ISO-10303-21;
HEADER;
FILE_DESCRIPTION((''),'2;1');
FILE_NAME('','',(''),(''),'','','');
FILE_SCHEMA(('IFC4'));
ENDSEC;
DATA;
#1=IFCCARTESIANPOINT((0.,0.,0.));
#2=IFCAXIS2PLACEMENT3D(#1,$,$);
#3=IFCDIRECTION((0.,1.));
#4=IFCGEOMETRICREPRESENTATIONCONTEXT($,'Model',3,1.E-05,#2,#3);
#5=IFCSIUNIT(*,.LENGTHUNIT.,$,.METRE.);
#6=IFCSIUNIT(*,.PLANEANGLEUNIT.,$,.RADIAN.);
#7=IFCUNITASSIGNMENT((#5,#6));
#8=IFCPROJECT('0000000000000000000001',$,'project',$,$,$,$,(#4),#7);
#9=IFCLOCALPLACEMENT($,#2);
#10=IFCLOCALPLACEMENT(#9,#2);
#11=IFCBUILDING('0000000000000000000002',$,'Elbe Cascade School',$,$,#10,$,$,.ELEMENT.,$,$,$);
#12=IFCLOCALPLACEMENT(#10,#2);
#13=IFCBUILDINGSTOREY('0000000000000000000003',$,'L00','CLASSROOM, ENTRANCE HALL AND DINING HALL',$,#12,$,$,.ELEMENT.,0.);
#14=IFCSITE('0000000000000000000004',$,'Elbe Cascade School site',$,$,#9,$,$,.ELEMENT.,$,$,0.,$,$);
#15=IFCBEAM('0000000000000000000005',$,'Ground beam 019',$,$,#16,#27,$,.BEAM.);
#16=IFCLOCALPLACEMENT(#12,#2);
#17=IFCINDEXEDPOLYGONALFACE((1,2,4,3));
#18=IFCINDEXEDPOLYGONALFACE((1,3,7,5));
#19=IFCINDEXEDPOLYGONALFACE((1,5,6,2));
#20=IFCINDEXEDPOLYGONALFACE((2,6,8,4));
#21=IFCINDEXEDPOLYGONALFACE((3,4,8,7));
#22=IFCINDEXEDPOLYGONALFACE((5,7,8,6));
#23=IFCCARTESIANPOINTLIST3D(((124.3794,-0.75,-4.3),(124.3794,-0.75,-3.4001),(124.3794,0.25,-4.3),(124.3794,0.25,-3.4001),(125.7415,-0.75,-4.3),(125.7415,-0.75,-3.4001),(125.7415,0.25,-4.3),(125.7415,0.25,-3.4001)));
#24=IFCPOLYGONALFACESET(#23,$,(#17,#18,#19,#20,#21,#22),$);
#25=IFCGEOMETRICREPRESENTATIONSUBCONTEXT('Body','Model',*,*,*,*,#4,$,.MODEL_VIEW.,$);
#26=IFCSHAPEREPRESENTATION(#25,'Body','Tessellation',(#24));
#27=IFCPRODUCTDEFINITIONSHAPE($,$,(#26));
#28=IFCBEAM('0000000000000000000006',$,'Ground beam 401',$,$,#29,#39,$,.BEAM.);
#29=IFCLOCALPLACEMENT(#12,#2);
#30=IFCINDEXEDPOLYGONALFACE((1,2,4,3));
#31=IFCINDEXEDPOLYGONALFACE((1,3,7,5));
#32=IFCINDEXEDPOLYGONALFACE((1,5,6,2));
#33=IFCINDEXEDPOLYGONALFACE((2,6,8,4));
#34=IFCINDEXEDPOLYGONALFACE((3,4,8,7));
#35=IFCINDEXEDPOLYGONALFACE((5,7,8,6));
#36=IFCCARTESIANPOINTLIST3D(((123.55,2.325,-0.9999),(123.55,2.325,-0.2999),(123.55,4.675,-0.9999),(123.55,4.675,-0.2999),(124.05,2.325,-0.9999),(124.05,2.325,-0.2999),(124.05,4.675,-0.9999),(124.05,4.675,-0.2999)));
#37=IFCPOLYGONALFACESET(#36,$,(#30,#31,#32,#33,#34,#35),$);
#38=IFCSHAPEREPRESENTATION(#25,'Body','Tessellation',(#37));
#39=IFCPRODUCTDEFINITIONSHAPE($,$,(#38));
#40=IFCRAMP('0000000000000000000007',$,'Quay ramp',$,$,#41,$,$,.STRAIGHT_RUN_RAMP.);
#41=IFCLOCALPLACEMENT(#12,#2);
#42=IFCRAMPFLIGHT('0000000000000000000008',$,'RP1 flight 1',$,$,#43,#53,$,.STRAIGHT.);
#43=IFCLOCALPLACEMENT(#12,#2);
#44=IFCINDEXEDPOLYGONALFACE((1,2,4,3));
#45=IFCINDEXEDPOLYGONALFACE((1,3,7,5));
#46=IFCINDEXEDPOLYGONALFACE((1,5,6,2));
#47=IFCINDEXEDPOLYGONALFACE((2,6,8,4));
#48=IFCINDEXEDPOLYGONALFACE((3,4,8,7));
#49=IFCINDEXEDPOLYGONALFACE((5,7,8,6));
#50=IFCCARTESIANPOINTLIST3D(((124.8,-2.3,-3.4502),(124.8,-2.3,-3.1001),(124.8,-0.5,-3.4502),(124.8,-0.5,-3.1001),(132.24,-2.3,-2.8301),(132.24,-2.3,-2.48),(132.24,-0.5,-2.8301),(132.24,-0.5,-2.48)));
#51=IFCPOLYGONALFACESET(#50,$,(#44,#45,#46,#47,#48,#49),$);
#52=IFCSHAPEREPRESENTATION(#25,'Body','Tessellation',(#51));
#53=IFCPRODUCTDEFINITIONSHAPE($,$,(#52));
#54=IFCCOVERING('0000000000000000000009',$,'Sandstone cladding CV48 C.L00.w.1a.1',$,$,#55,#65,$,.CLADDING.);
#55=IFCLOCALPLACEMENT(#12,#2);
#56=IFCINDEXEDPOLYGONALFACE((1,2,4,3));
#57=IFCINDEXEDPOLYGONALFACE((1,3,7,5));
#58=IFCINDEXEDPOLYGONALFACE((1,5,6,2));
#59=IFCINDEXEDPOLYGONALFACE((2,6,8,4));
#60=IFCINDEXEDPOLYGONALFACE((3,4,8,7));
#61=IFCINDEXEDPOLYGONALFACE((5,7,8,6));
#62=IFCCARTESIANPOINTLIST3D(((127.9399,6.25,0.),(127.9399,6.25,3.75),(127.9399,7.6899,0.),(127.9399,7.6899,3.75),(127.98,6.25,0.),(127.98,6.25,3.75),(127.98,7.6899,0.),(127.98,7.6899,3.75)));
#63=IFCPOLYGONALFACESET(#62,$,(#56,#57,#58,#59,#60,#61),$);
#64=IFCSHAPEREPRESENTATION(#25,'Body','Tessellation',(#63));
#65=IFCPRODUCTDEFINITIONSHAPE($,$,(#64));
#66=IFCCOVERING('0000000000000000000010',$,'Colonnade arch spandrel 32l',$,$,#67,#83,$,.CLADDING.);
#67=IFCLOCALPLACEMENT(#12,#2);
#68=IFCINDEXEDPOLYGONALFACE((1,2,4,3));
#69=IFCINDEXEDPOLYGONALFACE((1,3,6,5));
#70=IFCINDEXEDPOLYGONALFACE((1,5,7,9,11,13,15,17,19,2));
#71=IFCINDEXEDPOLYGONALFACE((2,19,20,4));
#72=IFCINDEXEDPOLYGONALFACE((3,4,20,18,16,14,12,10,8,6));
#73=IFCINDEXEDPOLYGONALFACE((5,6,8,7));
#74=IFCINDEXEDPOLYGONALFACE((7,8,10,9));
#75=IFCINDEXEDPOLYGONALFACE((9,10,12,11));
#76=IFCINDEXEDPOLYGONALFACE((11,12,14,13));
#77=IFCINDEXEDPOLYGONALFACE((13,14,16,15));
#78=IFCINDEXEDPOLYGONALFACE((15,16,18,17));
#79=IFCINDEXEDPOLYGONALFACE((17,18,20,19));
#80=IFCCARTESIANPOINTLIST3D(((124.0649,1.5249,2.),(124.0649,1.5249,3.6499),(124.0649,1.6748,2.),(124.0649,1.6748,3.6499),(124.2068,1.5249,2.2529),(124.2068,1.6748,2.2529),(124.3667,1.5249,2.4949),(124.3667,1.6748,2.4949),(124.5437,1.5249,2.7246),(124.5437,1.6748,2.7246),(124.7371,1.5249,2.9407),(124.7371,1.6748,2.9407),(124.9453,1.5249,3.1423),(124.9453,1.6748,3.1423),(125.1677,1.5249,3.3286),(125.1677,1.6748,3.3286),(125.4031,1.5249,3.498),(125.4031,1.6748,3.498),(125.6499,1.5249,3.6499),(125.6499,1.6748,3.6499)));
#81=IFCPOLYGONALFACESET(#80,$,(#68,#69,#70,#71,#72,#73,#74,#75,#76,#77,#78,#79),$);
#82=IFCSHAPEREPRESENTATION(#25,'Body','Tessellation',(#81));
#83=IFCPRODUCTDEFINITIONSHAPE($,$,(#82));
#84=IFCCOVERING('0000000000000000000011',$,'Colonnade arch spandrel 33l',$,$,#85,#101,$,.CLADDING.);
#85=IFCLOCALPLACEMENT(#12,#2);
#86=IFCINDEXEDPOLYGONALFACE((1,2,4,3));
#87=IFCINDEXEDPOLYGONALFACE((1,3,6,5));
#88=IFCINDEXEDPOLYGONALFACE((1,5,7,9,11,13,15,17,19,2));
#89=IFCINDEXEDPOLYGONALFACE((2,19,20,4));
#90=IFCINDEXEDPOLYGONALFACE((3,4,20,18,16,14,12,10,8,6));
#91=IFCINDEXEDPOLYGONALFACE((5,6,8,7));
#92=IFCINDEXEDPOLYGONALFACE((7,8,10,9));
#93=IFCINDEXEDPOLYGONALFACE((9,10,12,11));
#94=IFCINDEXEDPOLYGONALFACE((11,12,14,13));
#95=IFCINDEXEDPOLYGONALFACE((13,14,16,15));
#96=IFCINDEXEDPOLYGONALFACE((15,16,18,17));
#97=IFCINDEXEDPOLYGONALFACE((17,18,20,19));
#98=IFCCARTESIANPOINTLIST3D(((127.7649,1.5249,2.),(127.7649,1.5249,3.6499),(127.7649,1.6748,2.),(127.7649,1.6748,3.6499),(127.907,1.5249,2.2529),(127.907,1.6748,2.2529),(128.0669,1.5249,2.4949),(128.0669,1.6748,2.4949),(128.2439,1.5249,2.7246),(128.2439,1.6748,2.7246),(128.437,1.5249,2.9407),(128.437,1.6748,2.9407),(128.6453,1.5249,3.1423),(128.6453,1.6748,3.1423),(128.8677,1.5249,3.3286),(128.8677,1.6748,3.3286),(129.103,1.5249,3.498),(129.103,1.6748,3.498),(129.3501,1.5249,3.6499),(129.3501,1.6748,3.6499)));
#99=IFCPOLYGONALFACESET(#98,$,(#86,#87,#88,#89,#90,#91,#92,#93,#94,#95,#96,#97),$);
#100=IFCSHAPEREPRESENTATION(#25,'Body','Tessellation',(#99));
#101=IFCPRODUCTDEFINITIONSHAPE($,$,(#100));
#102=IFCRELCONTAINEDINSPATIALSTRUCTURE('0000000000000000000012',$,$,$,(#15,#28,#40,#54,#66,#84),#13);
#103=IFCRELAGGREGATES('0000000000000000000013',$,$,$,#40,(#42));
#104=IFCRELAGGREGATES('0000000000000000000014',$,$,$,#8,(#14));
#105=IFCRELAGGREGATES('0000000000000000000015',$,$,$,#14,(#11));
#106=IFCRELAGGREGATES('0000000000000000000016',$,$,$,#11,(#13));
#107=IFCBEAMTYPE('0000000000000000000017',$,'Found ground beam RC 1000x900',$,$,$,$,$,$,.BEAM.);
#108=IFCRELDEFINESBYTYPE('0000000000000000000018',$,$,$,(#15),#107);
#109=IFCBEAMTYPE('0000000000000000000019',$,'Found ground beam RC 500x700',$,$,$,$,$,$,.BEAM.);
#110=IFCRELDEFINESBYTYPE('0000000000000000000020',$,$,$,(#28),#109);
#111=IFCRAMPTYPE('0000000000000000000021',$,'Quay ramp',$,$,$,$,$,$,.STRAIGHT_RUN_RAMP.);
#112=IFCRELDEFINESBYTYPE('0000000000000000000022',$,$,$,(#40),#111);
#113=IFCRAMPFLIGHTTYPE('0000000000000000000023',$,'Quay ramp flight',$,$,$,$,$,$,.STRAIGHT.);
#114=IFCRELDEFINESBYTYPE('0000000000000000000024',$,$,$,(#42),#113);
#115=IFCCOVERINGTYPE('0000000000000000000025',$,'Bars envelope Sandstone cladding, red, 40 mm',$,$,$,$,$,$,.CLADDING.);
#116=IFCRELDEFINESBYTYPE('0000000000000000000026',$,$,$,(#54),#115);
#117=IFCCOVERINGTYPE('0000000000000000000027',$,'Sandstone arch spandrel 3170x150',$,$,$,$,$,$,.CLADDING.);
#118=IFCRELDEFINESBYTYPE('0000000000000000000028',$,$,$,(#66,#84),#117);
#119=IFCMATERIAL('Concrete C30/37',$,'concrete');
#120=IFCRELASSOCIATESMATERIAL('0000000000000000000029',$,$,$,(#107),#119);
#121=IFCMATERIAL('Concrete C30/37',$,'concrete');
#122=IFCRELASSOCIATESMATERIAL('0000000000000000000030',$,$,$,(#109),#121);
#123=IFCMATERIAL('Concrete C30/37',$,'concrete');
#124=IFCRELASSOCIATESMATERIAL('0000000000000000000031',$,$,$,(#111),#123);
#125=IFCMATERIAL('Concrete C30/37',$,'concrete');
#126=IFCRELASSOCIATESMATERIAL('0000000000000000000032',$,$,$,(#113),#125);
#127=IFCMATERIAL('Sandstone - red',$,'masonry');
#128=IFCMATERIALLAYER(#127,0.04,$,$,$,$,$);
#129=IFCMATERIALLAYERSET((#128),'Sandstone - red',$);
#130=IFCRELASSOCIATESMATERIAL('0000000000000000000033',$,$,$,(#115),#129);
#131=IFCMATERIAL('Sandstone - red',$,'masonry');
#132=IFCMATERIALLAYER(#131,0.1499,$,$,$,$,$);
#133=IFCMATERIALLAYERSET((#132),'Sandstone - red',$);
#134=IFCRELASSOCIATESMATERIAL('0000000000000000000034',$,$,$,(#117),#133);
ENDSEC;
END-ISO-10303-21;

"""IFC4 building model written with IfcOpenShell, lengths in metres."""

from ifc_helpers import new_model, si_unit, direction, frame, origin, origin_2d, place, context, subcontext, project, spatial, polyline, rectangle, outline, extrude, material, layer, layer_set, material_profile, profile_set, type_object, element, aggregate, save


model = new_model("IFC4")

# Units and contexts
model_context = context("Model", 3, precision=1e-05, world=origin(), true_north=direction((0.0, 1.0)))
body_context = subcontext(model_context, "Body", "Model", "MODEL_VIEW")
ifc_project = project(units=[si_unit("LENGTHUNIT", "METRE"), si_unit("PLANEANGLEUNIT", "RADIAN")], contexts=[model_context])

# Site, building, storey
site_placement = place(None, origin())
site = spatial("IfcSite", under=ifc_project, at=site_placement, Name="Elbe Cascade School site", CompositionType="ELEMENT", RefElevation=0.0)
building_placement = place(site_placement, origin())
building = spatial("IfcBuilding", under=site, at=building_placement, Name="Elbe Cascade School", CompositionType="ELEMENT")
storey_placement = place(building_placement, origin())
storey = spatial("IfcBuildingStorey", under=building, at=storey_placement, Name="L00", Description="CLASSROOM, ENTRANCE HALL AND DINING HALL", CompositionType="ELEMENT", Elevation=0.0)

# Beams
ifc_material_1 = material(Name="Concrete C30/37", Category="concrete")
ifc_material_profile_1 = material_profile(ifc_material_1, rectangle(XDim=1.0, YDim=0.8999, at=origin_2d()), Name="RC 1000x900")
ifc_profile_set_1 = profile_set([ifc_material_profile_1], Name="Concrete C30/37")
beam_type_1 = type_object("IfcBeamType", Name="Found ground beam RC 1000x900", PredefinedType="BEAM", material=ifc_profile_set_1)
beam_1_placement = place(storey_placement, frame((124.3794, -0.25, -3.8501), z_axis=(1.0, 0.0, 0.0), x_axis=(0.0, 1.0, 0.0)))
element("IfcBeam", 1, at=beam_1_placement, inside=storey, type_object=beam_type_1, Name="Ground beam 019", PredefinedType="BEAM", context=body_context, shape_type="SweptSolid", body=[
    extrude(rectangle(XDim=1.0, YDim=0.8999, at=origin_2d()), origin(), (0.0, 0.0, 1.0), 1.3621),
])
ifc_material_2 = material(Name="Concrete C30/37", Category="concrete")
ifc_material_profile_2 = material_profile(ifc_material_2, rectangle(XDim=0.5, YDim=0.7, at=origin_2d()), Name="RC 500x700")
ifc_profile_set_2 = profile_set([ifc_material_profile_2], Name="Concrete C30/37")
beam_type_2 = type_object("IfcBeamType", Name="Found ground beam RC 500x700", PredefinedType="BEAM", material=ifc_profile_set_2)
beam_2_placement = place(storey_placement, frame((123.8, 2.325, -0.6499), z_axis=(0.0, 1.0, 0.0), x_axis=(-1.0, 0.0, 0.0)))
element("IfcBeam", 2, at=beam_2_placement, inside=storey, type_object=beam_type_2, Name="Ground beam 401", PredefinedType="BEAM", context=body_context, shape_type="SweptSolid", body=[
    extrude(rectangle(XDim=0.5, YDim=0.7, at=origin_2d()), origin(), (0.0, 0.0, 1.0), 2.3501),
])

# Ramp, ramp flight
ifc_material_3 = material(Name="Concrete C30/37", Category="concrete")
ramp_type = type_object("IfcRampType", Name="Quay ramp", PredefinedType="STRAIGHT_RUN_RAMP", material=ifc_material_3)
ramp_placement = place(storey_placement, origin())
ramp = element("IfcRamp", 3, at=ramp_placement, inside=storey, type_object=ramp_type, Name="Quay ramp", PredefinedType="STRAIGHT_RUN_RAMP")
ifc_material_4 = material(Name="Concrete C30/37", Category="concrete")
ramp_flight_type = type_object("IfcRampFlightType", Name="Quay ramp flight", PredefinedType="STRAIGHT", material=ifc_material_4)
ramp_flight_placement = place(storey_placement, frame((124.8, -1.3999, -3.1001), z_axis=(0.0, 0.0, 1.0), x_axis=(1.0, 0.0, 0.0)))
ramp_flight = element("IfcRampFlight", 4, at=ramp_flight_placement, type_object=ramp_flight_type, Name="RP1 flight 1", PredefinedType="STRAIGHT", context=body_context, shape_type="SweptSolid", body=[
    extrude(outline(polyline([(0.0, -0.3501), (7.4399, 0.27), (7.4399, 0.6201), (0.0, 0.0), (0.0, -0.3501)])), frame((0.0, 0.8999, 0.0), z_axis=(0.0, -1.0, 0.0), x_axis=(1.0, 0.0, 0.0)), (0.0, 0.0, 1.0), 1.8),
])
aggregate(ramp, [ramp_flight])

# Coverings
ifc_material_5 = material(Name="Sandstone - red", Category="masonry")
ifc_layer_1 = layer(ifc_material_5, 0.04)
ifc_layer_set_1 = layer_set([ifc_layer_1], Name="Sandstone - red")
covering_type_1 = type_object("IfcCoveringType", Name="Bars envelope Sandstone cladding, red, 40 mm", PredefinedType="CLADDING", material=ifc_layer_set_1)
covering_1_placement = place(storey_placement, frame((127.96, 6.97, 0.0), z_axis=(0.0, 0.0, 1.0), x_axis=(0.0, 1.0, 0.0)))
element("IfcCovering", 5, at=covering_1_placement, inside=storey, type_object=covering_type_1, Name="Sandstone cladding CV48 C.L00.w.1a.1", PredefinedType="CLADDING", context=body_context, shape_type="SweptSolid", body=[
    extrude(rectangle(XDim=1.4399, YDim=0.04, at=origin_2d()), origin(), (0.0, 0.0, 1.0), 3.75),
])
ifc_material_6 = material(Name="Sandstone - red", Category="masonry")
ifc_layer_2 = layer(ifc_material_6, 0.1499)
ifc_layer_set_2 = layer_set([ifc_layer_2], Name="Sandstone - red")
covering_type_2 = type_object("IfcCoveringType", Name="Sandstone arch spandrel 3170x150", PredefinedType="CLADDING", material=ifc_layer_set_2)
covering_2_placement = place(storey_placement, frame((124.0649, 1.5249, 3.6499), z_axis=(0.0, -1.0, 0.0), x_axis=(0.0, 0.0, -1.0)))
element("IfcCovering", 6, at=covering_2_placement, inside=storey, type_object=covering_type_2, Name="Colonnade arch spandrel 32l", PredefinedType="CLADDING", context=body_context, shape_type="SweptSolid", body=[
    extrude(outline(polyline([(0.0, 0.0), (1.6499, 0.0), (1.397, 0.1418), (1.155, 0.3018), (0.9253, 0.4788), (0.7092, 0.6721), (0.5076, 0.8804), (0.3213, 1.1028), (0.1519, 1.3381), (0.0, 1.585), (0.0, 0.0)])), origin(), (0.0, 0.0, -1.0), 0.1499),
])
covering_3_placement = place(storey_placement, frame((127.7649, 1.5249, 3.6499), z_axis=(0.0, -1.0, 0.0), x_axis=(0.0, 0.0, -1.0)))
element("IfcCovering", 7, at=covering_3_placement, inside=storey, type_object=covering_type_2, Name="Colonnade arch spandrel 33l", PredefinedType="CLADDING", context=body_context, shape_type="SweptSolid", body=[
    extrude(outline(polyline([(0.0, 0.0), (1.6499, 0.0), (1.397, 0.1421), (1.155, 0.302), (0.9253, 0.479), (0.7092, 0.6721), (0.5076, 0.8804), (0.3213, 1.1028), (0.1519, 1.3381), (0.0, 1.5852), (0.0, 0.0)])), origin(), (0.0, 0.0, -1.0), 0.1499),
])

save(model, "model.ifc")
